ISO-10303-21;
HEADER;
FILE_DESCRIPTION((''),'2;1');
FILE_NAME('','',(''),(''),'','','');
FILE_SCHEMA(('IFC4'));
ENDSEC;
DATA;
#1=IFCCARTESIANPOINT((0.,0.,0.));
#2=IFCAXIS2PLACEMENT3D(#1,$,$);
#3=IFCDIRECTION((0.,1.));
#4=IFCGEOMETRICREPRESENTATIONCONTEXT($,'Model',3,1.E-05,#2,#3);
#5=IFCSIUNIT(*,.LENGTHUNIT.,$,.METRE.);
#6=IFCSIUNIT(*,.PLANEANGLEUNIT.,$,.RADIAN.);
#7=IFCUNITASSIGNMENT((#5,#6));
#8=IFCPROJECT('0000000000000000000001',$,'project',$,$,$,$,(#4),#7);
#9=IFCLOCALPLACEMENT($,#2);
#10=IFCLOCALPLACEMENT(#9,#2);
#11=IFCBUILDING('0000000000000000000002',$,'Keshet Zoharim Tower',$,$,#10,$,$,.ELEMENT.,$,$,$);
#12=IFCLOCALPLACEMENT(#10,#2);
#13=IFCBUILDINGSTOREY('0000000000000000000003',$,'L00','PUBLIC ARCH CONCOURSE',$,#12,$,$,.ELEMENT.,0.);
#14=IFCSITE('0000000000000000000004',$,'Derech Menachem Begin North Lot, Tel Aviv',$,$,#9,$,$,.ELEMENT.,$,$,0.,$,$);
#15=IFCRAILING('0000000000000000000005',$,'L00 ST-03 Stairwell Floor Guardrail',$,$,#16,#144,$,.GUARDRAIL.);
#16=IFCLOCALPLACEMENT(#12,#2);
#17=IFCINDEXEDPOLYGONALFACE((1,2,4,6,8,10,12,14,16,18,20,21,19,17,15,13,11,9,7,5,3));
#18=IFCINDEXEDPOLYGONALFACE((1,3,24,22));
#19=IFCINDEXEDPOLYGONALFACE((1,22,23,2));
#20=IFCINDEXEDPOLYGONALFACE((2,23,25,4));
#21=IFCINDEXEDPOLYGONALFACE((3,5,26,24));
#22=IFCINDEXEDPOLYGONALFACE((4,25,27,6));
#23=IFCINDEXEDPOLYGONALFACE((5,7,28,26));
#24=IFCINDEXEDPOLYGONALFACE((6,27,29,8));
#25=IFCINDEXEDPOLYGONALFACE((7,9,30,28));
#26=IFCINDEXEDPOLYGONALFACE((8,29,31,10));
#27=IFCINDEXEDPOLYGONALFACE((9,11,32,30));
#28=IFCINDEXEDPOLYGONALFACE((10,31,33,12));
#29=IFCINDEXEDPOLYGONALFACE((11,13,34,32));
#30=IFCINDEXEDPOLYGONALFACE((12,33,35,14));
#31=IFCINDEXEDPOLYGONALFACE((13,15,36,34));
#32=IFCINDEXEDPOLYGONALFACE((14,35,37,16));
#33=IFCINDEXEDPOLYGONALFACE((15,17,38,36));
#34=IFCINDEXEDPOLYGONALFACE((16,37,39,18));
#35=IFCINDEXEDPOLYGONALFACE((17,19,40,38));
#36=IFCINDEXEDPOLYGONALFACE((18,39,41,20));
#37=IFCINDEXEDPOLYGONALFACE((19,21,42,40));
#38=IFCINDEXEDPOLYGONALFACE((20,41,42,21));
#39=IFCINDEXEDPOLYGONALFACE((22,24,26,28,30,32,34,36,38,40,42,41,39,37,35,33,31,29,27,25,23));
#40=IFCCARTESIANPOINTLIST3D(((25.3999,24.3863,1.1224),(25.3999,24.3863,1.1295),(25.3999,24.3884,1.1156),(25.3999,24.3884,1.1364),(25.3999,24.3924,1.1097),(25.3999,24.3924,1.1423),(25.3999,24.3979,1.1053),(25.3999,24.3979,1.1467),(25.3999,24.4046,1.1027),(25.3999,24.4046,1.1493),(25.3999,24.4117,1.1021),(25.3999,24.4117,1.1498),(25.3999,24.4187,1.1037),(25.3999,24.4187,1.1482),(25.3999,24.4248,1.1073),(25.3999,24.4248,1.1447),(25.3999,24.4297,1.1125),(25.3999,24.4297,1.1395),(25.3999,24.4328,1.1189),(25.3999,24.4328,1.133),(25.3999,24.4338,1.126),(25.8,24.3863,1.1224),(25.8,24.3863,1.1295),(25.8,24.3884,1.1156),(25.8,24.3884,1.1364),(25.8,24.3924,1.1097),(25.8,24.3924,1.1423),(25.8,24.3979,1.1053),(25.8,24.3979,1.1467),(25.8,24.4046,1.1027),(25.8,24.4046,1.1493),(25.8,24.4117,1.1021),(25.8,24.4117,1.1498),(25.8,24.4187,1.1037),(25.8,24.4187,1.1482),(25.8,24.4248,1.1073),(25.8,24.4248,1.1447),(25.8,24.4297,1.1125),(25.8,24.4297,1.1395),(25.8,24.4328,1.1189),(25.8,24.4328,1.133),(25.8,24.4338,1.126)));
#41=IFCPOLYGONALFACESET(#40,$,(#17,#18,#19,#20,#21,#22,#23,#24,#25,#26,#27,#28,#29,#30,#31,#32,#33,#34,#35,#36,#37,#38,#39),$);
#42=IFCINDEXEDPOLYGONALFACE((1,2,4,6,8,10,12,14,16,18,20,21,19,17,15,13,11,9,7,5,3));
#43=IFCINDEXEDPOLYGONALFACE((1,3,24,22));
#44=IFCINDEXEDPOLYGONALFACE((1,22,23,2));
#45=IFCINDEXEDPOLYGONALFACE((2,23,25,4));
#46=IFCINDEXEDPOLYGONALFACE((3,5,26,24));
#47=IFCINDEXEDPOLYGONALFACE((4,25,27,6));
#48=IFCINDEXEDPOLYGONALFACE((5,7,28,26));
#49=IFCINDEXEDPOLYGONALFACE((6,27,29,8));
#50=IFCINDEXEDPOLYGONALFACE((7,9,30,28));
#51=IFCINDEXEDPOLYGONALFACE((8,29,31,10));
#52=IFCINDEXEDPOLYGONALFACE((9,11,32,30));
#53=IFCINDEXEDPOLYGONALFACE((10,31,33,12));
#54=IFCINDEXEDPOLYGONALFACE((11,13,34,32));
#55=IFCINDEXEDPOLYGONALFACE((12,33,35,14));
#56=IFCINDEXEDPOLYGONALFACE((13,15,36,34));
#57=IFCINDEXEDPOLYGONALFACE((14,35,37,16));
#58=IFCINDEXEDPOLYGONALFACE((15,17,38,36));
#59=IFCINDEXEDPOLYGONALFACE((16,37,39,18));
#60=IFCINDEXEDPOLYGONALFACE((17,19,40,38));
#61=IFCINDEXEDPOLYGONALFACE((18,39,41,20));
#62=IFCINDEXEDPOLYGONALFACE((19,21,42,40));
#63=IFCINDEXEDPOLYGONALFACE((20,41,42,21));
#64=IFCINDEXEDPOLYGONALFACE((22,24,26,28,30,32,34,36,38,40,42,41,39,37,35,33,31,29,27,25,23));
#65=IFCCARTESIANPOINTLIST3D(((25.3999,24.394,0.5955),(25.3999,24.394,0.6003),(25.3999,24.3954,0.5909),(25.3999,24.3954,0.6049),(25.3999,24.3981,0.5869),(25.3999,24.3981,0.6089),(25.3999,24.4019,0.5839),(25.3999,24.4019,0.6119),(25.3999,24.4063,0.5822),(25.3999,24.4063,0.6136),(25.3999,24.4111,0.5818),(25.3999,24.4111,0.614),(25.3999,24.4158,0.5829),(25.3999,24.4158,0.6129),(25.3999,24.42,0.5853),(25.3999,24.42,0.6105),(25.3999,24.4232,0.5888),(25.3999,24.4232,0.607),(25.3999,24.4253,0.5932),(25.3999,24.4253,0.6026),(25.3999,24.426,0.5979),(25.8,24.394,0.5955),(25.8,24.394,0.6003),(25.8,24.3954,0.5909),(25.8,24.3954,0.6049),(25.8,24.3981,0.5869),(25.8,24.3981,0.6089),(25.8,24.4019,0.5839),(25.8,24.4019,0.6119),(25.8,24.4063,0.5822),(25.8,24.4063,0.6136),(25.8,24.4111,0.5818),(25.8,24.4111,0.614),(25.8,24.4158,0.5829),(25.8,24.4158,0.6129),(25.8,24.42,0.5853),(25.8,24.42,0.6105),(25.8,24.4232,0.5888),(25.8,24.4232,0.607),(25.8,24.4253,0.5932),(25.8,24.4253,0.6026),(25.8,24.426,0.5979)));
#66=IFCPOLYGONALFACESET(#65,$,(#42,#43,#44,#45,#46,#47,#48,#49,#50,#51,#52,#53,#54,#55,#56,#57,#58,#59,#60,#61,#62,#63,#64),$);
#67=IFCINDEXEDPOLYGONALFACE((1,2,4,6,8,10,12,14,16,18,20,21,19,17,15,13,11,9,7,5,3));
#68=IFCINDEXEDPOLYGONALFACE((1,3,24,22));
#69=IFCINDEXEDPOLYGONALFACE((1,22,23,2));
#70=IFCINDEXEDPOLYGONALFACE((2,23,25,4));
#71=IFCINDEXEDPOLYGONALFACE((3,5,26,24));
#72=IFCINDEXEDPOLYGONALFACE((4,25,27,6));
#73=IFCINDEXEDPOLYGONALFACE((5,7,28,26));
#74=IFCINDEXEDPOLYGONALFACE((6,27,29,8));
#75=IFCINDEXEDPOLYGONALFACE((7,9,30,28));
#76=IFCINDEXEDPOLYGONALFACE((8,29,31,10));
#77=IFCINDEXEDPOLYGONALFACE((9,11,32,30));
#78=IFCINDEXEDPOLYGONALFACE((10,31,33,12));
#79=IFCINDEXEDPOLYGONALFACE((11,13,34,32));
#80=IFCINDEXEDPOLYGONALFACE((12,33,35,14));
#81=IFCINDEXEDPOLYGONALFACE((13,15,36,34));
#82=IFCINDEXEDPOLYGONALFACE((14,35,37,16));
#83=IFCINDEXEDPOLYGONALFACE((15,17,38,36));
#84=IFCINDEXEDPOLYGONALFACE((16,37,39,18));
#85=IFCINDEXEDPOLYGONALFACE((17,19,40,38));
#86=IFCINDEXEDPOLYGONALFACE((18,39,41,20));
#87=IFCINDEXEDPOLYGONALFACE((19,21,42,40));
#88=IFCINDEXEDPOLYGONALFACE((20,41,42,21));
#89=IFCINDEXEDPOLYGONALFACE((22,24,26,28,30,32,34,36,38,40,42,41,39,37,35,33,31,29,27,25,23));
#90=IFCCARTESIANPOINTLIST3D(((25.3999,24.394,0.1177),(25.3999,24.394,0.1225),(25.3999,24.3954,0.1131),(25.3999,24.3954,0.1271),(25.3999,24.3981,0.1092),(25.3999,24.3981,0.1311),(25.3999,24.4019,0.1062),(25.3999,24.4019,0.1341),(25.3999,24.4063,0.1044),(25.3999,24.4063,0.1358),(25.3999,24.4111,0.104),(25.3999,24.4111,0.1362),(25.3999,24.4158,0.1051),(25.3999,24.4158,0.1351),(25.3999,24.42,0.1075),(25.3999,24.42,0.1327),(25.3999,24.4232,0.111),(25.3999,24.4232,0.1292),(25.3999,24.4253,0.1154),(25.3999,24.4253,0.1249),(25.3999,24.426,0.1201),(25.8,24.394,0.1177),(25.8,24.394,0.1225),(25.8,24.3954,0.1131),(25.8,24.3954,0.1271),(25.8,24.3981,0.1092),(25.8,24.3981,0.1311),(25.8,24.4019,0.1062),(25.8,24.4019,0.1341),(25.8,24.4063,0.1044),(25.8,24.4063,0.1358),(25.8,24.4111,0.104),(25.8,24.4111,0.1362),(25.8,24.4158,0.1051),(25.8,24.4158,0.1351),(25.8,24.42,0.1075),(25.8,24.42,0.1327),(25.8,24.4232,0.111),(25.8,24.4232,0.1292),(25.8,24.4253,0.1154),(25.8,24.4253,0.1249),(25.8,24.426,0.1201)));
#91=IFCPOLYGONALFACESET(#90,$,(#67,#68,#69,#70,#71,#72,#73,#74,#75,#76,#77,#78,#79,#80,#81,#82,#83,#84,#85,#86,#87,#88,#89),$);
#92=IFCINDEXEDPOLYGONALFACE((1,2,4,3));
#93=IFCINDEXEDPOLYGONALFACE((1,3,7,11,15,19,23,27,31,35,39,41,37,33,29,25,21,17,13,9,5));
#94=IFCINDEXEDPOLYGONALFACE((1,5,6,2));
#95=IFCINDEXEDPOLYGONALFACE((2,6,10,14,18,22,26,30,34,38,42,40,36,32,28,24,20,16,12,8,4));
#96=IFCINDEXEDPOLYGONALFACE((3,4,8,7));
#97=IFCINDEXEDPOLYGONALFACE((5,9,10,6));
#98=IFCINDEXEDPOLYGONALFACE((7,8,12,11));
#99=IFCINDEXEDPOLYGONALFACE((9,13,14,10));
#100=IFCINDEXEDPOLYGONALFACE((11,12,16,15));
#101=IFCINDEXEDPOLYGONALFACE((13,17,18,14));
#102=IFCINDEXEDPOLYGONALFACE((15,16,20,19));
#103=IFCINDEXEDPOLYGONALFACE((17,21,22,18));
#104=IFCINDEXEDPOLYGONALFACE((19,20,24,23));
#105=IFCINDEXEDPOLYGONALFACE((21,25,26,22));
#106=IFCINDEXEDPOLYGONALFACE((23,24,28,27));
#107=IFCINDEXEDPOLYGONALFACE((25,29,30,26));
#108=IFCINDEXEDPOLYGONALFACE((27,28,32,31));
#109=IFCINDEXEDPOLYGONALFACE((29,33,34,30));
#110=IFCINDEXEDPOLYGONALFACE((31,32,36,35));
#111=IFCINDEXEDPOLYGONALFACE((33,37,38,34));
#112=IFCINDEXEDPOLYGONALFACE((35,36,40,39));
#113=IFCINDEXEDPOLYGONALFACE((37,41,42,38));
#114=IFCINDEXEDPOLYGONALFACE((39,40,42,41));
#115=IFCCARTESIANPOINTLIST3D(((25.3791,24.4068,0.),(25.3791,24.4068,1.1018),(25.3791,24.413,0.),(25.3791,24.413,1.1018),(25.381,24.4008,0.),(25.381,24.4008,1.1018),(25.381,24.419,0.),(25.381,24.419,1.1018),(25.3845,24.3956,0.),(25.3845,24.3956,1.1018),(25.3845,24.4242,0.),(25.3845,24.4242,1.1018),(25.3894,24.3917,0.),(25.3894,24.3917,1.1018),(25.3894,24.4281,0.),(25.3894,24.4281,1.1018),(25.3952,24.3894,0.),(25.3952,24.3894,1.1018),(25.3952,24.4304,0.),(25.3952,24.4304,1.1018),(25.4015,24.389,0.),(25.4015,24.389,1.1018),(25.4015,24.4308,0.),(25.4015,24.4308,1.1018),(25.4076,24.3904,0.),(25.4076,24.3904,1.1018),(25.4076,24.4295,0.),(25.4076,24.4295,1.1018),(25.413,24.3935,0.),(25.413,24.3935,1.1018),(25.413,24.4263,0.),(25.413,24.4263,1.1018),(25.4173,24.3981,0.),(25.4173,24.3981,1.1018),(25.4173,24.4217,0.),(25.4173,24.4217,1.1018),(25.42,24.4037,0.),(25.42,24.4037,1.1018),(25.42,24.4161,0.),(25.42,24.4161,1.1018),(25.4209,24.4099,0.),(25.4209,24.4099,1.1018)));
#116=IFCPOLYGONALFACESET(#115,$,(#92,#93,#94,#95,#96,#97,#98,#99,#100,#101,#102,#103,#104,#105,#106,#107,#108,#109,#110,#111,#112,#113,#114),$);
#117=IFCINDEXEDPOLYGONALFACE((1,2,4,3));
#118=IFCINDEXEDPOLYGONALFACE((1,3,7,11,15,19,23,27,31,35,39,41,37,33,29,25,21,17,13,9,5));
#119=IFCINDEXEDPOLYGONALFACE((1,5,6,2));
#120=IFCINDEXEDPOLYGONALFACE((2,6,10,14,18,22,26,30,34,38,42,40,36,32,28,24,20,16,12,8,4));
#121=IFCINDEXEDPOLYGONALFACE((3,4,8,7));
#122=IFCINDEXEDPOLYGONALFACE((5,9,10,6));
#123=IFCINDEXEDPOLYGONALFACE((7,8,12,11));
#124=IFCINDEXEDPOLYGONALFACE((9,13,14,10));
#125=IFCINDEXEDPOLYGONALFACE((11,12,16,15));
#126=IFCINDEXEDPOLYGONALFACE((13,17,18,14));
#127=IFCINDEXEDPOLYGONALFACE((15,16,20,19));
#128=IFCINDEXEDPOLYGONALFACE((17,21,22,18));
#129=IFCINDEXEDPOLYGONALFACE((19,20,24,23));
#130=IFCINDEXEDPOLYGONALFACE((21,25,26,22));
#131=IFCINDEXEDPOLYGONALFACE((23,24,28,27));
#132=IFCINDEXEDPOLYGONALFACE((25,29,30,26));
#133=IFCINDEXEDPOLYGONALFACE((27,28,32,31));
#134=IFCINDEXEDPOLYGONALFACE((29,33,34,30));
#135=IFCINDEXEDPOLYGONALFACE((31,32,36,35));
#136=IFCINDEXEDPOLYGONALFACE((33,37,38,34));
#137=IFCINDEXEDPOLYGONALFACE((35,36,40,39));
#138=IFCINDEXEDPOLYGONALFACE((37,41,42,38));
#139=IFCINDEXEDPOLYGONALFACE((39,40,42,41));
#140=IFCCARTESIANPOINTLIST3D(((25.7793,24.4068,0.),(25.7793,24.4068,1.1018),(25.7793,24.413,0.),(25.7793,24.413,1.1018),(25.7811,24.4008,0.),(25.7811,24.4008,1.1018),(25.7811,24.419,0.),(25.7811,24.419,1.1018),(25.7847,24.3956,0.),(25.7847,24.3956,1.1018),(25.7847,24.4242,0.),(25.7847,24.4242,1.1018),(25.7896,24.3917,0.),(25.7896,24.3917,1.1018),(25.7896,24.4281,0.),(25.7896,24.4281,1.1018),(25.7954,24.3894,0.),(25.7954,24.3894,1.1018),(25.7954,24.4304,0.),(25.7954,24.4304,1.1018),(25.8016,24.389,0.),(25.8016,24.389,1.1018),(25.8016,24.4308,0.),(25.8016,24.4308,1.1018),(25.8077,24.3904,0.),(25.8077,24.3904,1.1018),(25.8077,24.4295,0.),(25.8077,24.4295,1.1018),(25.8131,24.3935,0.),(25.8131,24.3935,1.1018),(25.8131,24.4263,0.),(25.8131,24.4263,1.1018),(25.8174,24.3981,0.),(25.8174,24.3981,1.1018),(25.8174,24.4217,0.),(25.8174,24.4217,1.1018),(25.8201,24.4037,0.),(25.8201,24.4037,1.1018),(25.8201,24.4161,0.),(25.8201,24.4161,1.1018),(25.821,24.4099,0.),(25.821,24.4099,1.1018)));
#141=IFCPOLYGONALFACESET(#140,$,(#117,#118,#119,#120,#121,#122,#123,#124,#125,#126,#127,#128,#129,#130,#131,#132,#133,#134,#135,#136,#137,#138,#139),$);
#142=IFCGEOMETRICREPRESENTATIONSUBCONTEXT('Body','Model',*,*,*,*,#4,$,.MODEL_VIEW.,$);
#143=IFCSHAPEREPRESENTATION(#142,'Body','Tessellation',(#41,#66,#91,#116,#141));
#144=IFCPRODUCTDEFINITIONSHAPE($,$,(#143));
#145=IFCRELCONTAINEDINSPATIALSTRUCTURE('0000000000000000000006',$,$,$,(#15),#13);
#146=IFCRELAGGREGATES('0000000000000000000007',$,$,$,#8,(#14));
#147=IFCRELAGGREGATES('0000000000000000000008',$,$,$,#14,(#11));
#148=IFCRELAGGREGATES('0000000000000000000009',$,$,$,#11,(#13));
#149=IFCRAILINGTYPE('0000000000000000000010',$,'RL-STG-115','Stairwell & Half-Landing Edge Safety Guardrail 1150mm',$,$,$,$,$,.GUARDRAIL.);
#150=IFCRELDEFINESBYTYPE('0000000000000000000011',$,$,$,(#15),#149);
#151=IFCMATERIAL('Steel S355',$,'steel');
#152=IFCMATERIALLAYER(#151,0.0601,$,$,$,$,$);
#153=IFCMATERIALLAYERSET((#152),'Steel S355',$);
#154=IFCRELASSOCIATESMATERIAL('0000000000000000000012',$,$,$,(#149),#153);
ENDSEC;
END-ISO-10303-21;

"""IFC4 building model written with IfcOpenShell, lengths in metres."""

from ifc_helpers import new_model, si_unit, direction, frame, origin, origin_2d, place, context, subcontext, project, spatial, circle, extrude, material, layer, layer_set, type_object, element, save


model = new_model("IFC4")

# Units and contexts
model_context = context("Model", 3, precision=1e-05, world=origin(), true_north=direction((0.0, 1.0)))
body_context = subcontext(model_context, "Body", "Model", "MODEL_VIEW")
ifc_project = project(units=[si_unit("LENGTHUNIT", "METRE"), si_unit("PLANEANGLEUNIT", "RADIAN")], contexts=[model_context])

# Site, building, storey
site_placement = place(None, origin())
site = spatial("IfcSite", under=ifc_project, at=site_placement, Name="Derech Menachem Begin North Lot, Tel Aviv", CompositionType="ELEMENT", RefElevation=0.0)
building_placement = place(site_placement, origin())
building = spatial("IfcBuilding", under=site, at=building_placement, Name="Keshet Zoharim Tower", CompositionType="ELEMENT")
storey_placement = place(building_placement, origin())
storey = spatial("IfcBuildingStorey", under=building, at=storey_placement, Name="L00", Description="PUBLIC ARCH CONCOURSE", CompositionType="ELEMENT", Elevation=0.0)

# Shared definitions
ifc_material_1 = material(Name="Steel S355", Category="steel")

# Railing
ifc_layer_1 = layer(ifc_material_1, 0.0601)
ifc_layer_set_1 = layer_set([ifc_layer_1], Name="Steel S355")
railing_type_1 = type_object("IfcRailingType", Name="RL-STG-115", Description="Stairwell & Half-Landing Edge Safety Guardrail 1150mm", PredefinedType="GUARDRAIL", material=ifc_layer_set_1)
railing_1_placement = place(storey_placement, frame((25.3999, 24.4099, 0.0)))
element("IfcRailing", 1, at=railing_1_placement, inside=storey, type_object=railing_type_1, Name="L00 ST-03 Stairwell Floor Guardrail", PredefinedType="GUARDRAIL", context=body_context, shape_type="SweptSolid", body=[
    extrude(circle(Radius=0.0239, at=origin_2d()), frame((0.0, 0.0, 1.126), z_axis=(1.0, 0.0, 0.0), x_axis=(0.0, 1.0, 0.0)), (0.0, 0.0, 1.0), 0.4001),
    extrude(circle(Radius=0.0161, at=origin_2d()), frame((0.0, 0.0, 0.5979), z_axis=(1.0, 0.0, 0.0), x_axis=(0.0, 1.0, 0.0)), (0.0, 0.0, 1.0), 0.4001),
    extrude(circle(Radius=0.0161, at=origin_2d()), frame((0.0, 0.0, 0.1201), z_axis=(1.0, 0.0, 0.0), x_axis=(0.0, 1.0, 0.0)), (0.0, 0.0, 1.0), 0.4001),
    extrude(circle(Radius=0.021, at=origin_2d()), origin(), (0.0, 0.0, 1.0), 1.1018),
    extrude(circle(Radius=0.021, at=origin_2d()), frame((0.4001, 0.0, 0.0)), (0.0, 0.0, 1.0), 1.1018),
])

save(model, "model.ifc")
